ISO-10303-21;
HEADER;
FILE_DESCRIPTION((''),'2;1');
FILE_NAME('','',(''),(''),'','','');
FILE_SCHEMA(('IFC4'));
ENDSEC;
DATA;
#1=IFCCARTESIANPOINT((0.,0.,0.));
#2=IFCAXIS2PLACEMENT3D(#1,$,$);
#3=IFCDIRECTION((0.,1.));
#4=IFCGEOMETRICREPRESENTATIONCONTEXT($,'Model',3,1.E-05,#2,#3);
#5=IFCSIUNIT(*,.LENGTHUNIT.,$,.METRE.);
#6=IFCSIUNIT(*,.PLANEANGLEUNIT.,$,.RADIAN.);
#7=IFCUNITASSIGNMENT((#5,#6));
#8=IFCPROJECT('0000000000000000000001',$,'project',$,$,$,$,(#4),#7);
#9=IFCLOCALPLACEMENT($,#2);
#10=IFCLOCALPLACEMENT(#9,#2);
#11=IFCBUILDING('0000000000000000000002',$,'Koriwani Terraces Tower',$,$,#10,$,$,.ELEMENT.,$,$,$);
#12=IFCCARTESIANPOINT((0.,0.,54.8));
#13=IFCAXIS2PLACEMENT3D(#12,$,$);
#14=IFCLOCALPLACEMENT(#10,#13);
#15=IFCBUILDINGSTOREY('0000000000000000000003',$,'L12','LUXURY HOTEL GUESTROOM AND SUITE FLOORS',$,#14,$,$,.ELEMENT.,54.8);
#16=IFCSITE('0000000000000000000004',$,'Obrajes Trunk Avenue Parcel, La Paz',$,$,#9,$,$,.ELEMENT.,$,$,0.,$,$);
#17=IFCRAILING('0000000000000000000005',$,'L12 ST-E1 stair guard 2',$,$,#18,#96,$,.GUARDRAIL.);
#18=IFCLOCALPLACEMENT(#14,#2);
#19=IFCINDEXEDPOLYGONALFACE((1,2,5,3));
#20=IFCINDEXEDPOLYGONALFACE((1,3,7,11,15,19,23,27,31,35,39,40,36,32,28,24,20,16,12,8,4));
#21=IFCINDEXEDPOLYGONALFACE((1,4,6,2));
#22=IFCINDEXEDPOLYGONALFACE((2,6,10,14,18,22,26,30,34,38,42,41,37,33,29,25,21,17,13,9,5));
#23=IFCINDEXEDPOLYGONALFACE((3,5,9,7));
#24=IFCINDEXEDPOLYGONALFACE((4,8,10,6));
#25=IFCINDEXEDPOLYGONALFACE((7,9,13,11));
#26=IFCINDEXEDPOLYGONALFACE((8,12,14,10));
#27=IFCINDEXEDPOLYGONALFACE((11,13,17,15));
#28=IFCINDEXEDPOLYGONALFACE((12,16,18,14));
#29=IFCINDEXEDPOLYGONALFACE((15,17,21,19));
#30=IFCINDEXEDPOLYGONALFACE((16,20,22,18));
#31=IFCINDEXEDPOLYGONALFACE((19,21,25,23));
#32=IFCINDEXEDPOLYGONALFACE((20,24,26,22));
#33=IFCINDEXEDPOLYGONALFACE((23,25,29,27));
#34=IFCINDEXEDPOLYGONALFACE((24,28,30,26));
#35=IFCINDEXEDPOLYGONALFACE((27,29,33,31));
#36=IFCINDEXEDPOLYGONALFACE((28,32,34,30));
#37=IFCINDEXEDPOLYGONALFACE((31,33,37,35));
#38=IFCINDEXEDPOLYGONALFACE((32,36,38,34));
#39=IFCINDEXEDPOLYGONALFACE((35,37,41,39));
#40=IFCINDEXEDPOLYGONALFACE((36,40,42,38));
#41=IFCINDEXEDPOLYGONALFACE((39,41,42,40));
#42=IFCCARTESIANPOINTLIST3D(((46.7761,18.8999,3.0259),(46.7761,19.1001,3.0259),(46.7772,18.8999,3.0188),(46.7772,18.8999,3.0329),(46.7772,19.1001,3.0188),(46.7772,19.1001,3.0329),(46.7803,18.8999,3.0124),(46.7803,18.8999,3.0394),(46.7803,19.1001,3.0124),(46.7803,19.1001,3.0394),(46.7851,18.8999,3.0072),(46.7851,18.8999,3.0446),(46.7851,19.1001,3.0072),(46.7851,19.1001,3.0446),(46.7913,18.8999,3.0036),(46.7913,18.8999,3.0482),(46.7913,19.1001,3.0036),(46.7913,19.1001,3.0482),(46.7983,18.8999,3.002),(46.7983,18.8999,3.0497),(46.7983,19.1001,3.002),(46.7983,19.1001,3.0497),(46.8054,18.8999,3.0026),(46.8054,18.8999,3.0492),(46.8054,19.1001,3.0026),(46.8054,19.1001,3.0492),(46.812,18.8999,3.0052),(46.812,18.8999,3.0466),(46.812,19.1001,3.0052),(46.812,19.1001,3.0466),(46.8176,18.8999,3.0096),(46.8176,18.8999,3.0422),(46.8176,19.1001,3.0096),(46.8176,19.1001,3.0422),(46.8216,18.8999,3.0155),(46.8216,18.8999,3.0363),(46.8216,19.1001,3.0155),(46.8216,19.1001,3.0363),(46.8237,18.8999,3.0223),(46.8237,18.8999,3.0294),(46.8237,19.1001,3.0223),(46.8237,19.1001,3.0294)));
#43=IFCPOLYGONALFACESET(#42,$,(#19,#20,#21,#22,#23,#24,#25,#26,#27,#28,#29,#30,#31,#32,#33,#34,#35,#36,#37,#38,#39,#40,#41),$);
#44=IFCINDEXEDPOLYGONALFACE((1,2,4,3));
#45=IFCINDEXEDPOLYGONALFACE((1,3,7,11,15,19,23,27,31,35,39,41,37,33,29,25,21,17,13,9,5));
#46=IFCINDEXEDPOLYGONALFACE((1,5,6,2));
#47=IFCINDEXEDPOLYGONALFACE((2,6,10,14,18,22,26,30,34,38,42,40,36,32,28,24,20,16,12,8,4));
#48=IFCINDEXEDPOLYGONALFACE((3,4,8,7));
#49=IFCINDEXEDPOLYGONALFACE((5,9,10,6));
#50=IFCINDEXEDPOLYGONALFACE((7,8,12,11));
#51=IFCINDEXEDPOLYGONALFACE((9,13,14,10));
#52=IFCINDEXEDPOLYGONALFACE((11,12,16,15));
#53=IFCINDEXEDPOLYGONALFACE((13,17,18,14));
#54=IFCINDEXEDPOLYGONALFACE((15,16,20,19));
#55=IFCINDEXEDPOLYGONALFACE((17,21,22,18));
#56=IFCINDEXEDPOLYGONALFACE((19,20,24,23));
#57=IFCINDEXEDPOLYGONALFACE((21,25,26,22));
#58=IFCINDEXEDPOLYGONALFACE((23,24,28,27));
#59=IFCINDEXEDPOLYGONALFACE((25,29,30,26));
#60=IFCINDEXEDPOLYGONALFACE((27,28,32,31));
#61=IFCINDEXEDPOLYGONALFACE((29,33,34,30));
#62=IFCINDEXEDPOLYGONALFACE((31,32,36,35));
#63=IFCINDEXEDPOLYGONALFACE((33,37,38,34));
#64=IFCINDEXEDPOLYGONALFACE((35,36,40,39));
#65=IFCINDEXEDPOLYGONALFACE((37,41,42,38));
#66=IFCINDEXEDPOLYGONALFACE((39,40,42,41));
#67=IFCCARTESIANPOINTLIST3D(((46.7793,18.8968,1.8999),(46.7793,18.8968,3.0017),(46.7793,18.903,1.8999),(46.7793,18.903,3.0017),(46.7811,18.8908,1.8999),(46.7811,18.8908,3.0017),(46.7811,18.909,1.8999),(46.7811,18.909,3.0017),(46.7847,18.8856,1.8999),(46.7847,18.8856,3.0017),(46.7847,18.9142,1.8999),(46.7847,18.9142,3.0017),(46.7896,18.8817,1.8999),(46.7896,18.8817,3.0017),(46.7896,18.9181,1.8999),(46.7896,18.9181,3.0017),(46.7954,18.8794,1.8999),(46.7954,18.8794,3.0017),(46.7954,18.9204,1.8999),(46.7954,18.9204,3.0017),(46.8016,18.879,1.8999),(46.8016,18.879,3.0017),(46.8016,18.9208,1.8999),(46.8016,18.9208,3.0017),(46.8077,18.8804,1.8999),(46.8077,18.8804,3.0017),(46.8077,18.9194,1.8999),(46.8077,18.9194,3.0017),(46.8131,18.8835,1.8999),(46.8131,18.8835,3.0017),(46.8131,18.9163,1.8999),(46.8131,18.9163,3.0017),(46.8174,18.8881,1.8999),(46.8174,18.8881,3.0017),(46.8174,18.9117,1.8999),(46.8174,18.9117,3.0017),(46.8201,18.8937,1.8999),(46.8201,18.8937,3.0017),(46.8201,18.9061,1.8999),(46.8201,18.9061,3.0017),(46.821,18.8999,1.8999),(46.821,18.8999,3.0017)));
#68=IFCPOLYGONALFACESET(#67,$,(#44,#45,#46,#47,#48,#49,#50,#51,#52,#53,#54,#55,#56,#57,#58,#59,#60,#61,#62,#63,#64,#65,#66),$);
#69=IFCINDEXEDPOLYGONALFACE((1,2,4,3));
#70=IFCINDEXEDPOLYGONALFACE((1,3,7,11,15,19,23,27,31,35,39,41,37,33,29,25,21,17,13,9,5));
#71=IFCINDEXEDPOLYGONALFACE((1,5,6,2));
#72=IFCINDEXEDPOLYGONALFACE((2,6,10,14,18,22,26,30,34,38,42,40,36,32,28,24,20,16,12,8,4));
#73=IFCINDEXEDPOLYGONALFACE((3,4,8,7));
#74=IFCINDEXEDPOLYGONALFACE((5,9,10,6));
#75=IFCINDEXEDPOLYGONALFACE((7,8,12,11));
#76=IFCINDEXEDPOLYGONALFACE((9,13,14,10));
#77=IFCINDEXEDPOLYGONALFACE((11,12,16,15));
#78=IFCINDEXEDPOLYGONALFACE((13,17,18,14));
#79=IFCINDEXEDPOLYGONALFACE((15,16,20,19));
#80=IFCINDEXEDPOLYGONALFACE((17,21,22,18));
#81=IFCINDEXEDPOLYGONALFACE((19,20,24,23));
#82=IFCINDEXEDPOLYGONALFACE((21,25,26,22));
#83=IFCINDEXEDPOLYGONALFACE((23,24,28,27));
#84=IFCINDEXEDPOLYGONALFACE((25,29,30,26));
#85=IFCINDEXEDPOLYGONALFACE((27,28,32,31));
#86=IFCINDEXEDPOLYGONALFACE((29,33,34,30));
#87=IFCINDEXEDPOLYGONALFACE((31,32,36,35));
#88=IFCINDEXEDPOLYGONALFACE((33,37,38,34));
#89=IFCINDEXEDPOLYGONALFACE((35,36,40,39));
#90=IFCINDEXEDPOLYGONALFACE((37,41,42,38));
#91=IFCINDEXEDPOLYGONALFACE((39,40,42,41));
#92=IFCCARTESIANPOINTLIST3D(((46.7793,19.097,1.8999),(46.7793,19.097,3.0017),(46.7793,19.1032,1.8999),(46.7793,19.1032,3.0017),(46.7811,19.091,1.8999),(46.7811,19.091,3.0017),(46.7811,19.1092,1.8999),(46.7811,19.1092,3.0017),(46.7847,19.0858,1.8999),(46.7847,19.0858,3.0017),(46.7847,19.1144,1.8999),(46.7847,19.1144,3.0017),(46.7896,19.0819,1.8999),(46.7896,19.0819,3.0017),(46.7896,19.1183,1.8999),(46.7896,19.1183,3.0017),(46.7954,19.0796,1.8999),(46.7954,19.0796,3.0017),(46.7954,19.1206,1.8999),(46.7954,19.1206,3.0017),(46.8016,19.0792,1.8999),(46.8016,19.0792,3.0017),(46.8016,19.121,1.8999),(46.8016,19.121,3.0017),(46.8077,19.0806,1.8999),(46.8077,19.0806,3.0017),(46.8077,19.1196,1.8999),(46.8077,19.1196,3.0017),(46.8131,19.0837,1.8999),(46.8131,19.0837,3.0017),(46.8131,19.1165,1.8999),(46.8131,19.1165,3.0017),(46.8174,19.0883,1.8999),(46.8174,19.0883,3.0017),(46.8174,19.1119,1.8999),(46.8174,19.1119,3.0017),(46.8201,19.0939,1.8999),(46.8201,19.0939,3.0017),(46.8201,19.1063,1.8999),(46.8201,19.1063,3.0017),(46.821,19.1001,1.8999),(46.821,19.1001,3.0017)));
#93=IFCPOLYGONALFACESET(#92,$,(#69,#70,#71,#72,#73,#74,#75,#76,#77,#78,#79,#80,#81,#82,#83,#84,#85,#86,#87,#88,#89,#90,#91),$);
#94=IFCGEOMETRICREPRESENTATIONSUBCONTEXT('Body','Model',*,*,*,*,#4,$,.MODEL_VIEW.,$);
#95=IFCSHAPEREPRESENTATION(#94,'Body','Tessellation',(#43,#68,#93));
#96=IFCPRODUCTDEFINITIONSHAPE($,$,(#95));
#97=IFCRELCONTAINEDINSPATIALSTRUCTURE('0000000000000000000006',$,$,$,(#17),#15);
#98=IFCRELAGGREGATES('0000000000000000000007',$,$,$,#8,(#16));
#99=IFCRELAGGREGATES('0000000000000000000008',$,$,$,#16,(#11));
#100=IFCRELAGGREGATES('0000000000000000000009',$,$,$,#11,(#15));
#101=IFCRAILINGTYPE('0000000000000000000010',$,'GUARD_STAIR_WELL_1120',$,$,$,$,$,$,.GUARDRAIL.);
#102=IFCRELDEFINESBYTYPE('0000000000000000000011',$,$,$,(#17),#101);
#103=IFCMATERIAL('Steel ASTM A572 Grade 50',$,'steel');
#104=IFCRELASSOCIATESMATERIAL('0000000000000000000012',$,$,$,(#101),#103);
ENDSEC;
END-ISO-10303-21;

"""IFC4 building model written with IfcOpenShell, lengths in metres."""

from ifc_helpers import new_model, si_unit, direction, frame, origin, origin_2d, place, context, subcontext, project, spatial, circle, extrude, material, type_object, element, save


model = new_model("IFC4")

# Units and contexts
model_context = context("Model", 3, precision=1e-05, world=origin(), true_north=direction((0.0, 1.0)))
body_context = subcontext(model_context, "Body", "Model", "MODEL_VIEW")
ifc_project = project(units=[si_unit("LENGTHUNIT", "METRE"), si_unit("PLANEANGLEUNIT", "RADIAN")], contexts=[model_context])

# Site, building, storey
site_placement = place(None, origin())
site = spatial("IfcSite", under=ifc_project, at=site_placement, Name="Obrajes Trunk Avenue Parcel, La Paz", CompositionType="ELEMENT", RefElevation=0.0)
building_placement = place(site_placement, origin())
building = spatial("IfcBuilding", under=site, at=building_placement, Name="Koriwani Terraces Tower", CompositionType="ELEMENT")
storey_placement = place(building_placement, frame((0.0, 0.0, 54.8)))
storey = spatial("IfcBuildingStorey", under=building, at=storey_placement, Name="L12", Description="LUXURY HOTEL GUESTROOM AND SUITE FLOORS", CompositionType="ELEMENT", Elevation=54.8)

# Shared definitions
ifc_material_1 = material(Name="Steel ASTM A572 Grade 50", Category="steel")

# Railing
railing_type_1 = type_object("IfcRailingType", Name="GUARD_STAIR_WELL_1120", PredefinedType="GUARDRAIL", material=ifc_material_1)
railing_1_placement = place(storey_placement, frame((46.8, 18.8999, 1.8999)))
element("IfcRailing", 1, at=railing_1_placement, inside=storey, type_object=railing_type_1, Name="L12 ST-E1 stair guard 2", PredefinedType="GUARDRAIL", context=body_context, shape_type="SweptSolid", body=[
    extrude(circle(Radius=0.0239, at=origin_2d()), frame((0.0, 0.0, 1.126), z_axis=(0.0, 1.0, 0.0), x_axis=(-1.0, 0.0, 0.0)), (0.0, 0.0, 1.0), 0.2002),
    extrude(circle(Radius=0.021, at=origin_2d()), origin(), (0.0, 0.0, 1.0), 1.1018),
    extrude(circle(Radius=0.021, at=origin_2d()), frame((0.0, 0.2002, 0.0)), (0.0, 0.0, 1.0), 1.1018),
])

save(model, "model.ifc")
